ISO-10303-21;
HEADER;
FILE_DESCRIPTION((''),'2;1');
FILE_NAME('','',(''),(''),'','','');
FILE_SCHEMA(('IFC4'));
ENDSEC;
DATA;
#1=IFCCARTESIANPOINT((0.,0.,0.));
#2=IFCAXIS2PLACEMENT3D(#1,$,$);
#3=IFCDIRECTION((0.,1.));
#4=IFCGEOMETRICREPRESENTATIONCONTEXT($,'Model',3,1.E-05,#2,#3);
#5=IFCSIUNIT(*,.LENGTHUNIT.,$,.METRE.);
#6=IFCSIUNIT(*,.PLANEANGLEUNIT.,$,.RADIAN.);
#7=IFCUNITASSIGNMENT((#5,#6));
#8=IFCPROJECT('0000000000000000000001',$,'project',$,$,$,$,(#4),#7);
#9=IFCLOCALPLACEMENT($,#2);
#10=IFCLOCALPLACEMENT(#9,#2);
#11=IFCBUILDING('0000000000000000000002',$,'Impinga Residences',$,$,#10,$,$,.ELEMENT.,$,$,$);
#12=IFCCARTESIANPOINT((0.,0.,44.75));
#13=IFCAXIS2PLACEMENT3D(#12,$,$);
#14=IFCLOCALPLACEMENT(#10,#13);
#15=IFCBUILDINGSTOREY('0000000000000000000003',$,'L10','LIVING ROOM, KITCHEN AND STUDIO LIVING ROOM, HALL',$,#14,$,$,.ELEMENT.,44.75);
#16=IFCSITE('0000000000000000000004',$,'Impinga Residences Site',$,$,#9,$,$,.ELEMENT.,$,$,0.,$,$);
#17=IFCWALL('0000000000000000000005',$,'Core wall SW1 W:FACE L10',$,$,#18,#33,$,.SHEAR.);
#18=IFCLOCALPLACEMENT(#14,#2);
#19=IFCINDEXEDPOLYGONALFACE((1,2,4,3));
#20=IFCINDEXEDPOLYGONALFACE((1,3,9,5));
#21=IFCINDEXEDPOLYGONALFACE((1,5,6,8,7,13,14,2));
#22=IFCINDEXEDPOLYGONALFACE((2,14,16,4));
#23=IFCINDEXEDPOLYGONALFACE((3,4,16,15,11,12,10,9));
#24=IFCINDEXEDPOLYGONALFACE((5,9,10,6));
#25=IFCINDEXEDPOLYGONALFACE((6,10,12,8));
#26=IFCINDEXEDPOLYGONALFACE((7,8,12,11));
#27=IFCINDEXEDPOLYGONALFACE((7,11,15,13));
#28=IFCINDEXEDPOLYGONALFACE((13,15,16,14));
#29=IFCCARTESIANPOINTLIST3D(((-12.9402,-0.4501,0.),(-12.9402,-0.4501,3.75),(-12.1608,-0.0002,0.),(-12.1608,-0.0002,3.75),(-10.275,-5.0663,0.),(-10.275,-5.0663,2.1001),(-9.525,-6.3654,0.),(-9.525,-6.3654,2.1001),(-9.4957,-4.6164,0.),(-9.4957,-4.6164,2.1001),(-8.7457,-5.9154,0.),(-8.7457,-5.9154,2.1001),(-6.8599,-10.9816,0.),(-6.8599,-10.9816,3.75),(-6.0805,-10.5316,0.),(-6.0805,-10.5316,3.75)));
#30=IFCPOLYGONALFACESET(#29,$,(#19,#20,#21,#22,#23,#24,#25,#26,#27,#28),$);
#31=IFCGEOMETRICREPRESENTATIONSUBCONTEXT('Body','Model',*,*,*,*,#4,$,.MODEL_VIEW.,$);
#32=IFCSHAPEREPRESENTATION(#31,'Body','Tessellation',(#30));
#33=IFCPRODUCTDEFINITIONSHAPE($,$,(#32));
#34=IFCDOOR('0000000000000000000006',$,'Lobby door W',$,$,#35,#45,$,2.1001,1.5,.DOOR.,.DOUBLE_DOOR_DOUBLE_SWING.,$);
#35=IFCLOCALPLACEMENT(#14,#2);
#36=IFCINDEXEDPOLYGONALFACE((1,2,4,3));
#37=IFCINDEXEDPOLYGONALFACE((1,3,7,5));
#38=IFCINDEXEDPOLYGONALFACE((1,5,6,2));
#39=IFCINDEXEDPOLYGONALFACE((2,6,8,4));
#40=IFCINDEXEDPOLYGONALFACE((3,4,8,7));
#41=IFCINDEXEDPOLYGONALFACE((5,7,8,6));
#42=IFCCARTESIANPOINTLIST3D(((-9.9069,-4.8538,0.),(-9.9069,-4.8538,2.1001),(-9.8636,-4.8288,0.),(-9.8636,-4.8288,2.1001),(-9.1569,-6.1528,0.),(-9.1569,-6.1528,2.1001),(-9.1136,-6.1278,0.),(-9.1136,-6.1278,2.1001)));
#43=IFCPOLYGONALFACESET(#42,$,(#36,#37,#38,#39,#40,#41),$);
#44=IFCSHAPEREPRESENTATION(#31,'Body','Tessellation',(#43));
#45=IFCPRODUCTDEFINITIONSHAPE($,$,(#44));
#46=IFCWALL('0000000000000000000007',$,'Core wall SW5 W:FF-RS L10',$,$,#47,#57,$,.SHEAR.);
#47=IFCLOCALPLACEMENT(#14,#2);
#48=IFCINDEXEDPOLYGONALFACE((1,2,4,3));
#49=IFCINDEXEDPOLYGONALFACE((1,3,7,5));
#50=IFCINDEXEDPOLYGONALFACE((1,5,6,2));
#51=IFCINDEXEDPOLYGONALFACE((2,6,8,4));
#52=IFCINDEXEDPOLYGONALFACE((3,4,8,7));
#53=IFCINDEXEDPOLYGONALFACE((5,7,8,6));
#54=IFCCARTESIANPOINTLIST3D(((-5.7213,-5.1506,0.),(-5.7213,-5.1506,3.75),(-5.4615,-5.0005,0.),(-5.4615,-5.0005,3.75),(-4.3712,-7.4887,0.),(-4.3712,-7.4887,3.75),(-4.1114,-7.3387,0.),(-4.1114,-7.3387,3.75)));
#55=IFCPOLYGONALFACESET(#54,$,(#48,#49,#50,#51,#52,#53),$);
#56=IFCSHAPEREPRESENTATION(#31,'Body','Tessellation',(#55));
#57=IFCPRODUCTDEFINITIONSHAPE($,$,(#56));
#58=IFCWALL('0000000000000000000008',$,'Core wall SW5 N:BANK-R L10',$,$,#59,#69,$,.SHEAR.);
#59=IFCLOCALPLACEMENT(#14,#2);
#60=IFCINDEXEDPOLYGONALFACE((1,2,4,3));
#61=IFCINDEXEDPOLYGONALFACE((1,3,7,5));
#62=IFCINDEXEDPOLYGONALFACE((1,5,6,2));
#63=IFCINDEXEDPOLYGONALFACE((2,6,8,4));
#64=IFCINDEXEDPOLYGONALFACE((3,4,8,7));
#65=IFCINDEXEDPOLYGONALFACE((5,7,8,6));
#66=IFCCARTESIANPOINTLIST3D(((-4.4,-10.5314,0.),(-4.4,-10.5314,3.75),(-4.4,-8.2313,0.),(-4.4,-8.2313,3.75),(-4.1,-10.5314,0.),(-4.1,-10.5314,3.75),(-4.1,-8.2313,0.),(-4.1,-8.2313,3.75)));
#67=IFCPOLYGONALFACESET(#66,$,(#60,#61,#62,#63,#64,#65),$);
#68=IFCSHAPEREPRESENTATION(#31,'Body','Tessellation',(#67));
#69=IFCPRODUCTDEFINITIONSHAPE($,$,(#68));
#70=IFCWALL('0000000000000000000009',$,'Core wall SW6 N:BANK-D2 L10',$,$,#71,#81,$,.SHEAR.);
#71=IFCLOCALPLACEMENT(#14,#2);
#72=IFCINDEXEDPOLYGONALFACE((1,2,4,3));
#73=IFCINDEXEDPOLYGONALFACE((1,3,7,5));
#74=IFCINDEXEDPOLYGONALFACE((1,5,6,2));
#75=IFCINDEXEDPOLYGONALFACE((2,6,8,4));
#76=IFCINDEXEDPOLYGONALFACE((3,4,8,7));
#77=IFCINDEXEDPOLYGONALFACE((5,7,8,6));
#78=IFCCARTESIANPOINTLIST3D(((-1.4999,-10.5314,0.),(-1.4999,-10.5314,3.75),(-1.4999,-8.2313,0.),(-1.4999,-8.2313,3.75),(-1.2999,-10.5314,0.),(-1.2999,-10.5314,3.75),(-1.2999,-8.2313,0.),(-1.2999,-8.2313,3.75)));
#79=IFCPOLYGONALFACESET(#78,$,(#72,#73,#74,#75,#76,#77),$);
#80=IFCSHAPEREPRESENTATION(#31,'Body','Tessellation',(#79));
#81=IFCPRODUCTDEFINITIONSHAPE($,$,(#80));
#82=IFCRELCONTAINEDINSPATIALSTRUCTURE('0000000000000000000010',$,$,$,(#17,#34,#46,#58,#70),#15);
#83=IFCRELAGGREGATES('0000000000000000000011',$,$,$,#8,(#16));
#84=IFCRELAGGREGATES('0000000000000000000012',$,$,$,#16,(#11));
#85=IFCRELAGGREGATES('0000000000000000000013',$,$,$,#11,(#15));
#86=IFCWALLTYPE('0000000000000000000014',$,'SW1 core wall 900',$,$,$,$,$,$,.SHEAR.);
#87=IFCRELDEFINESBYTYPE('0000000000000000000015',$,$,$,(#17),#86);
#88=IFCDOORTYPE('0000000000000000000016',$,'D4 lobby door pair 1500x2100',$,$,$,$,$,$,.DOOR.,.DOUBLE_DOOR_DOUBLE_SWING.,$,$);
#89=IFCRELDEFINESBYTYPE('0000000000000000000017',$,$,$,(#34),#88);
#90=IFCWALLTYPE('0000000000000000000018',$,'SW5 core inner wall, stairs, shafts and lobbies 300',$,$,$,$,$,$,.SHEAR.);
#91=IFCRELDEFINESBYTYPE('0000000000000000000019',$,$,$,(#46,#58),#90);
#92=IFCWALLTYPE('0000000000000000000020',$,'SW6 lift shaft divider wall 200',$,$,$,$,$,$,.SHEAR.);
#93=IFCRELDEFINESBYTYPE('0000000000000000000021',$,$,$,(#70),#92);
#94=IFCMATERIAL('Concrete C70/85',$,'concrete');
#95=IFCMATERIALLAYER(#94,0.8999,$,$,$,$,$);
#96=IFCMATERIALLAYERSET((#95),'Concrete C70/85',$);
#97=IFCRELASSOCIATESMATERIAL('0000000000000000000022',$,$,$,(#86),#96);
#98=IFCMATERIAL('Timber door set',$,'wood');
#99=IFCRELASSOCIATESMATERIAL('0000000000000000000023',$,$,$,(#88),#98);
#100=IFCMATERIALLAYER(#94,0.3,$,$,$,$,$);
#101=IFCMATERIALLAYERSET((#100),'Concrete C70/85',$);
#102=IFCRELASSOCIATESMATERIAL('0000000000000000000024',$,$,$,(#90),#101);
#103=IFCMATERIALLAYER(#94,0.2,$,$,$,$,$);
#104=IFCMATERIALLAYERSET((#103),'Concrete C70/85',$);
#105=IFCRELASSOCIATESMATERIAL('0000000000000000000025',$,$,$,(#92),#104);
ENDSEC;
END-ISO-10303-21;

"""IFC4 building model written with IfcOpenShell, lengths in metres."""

from ifc_helpers import new_model, si_unit, direction, frame, frame_2d, origin, place, context, subcontext, project, spatial, rectangle, extrude, material, layer, layer_set, type_object, element, fill, save


model = new_model("IFC4")

# Units and contexts
model_context = context("Model", 3, precision=1e-05, world=origin(), true_north=direction((0.0, 1.0)))
body_context = subcontext(model_context, "Body", "Model", "MODEL_VIEW")
ifc_project = project(units=[si_unit("LENGTHUNIT", "METRE"), si_unit("PLANEANGLEUNIT", "RADIAN")], contexts=[model_context])

# Site, building, storey
site_placement = place(None, origin())
site = spatial("IfcSite", under=ifc_project, at=site_placement, Name="Impinga Residences Site", CompositionType="ELEMENT", RefElevation=0.0)
building_placement = place(site_placement, origin())
building = spatial("IfcBuilding", under=site, at=building_placement, Name="Impinga Residences", CompositionType="ELEMENT")
storey_placement = place(building_placement, frame((0.0, 0.0, 44.75)))
storey = spatial("IfcBuildingStorey", under=building, at=storey_placement, Name="L10", Description="LIVING ROOM, KITCHEN AND STUDIO LIVING ROOM, HALL", CompositionType="ELEMENT", Elevation=44.75)

# Shared definitions
ifc_material_1 = material(Name="Concrete C70/85", Category="concrete")

# Wall, opening, door
ifc_layer_1 = layer(ifc_material_1, 0.8999)
ifc_layer_set_1 = layer_set([ifc_layer_1], Name="Concrete C70/85")
wall_type_1 = type_object("IfcWallType", Name="SW1 core wall 900", PredefinedType="SHEAR", material=ifc_layer_set_1)
wall_1_placement = place(storey_placement, frame((-6.4702, -10.7566, 0.0), z_axis=(0.0, 0.0, 1.0), x_axis=(-0.499998, 0.866027, 0.0)))
wall_1 = element("IfcWall", 1, at=wall_1_placement, inside=storey, type_object=wall_type_1, Name="Core wall SW1 W:FACE L10", PredefinedType="SHEAR", context=body_context, shape_type="SweptSolid", body=[
    extrude(rectangle(XDim=12.1606, YDim=0.8999, at=frame_2d((6.0803, 0.0))), origin(), (0.0, 0.0, 1.0), 3.75),
])
opening_1_placement = place(wall_1_placement, frame((5.3303, 0.0, 0.0)))
opening_1 = element("IfcOpeningElement", 2, at=opening_1_placement, cuts=wall_1, PredefinedType="OPENING", context=body_context, shape_type="SweptSolid", body=[
    extrude(rectangle(XDim=1.5, YDim=2.1001, at=frame_2d((0.75, 1.05))), frame((0.0, 0.46, 0.0), z_axis=(0.0, -1.0, 0.0), x_axis=(1.0, 0.0, 0.0)), (0.0, 0.0, 1.0), 0.9199),
])
ifc_material_2 = material(Name="Timber door set", Category="wood")
door_type = type_object("IfcDoorType", Name="D4 lobby door pair 1500x2100", OperationType="DOUBLE_DOOR_DOUBLE_SWING", PredefinedType="DOOR", material=ifc_material_2)
door_placement = place(opening_1_placement, origin())
door = element("IfcDoor", 3, at=door_placement, inside=storey, type_object=door_type, Name="Lobby door W", OperationType="DOUBLE_DOOR_DOUBLE_SWING", OverallHeight=2.1001, OverallWidth=1.5, PredefinedType="DOOR", context=body_context, shape_type="SweptSolid", body=[
    extrude(rectangle(XDim=1.5, YDim=2.1001, at=frame_2d((0.75, 1.05))), frame((0.0, 0.0249, 0.0), z_axis=(0.0, -1.0, 0.0), x_axis=(1.0, 0.0, 0.0)), (0.0, 0.0, 1.0), 0.05),
])
fill(opening_1, door)

# Walls
ifc_layer_2 = layer(ifc_material_1, 0.3)
ifc_layer_set_2 = layer_set([ifc_layer_2], Name="Concrete C70/85")
wall_type_2 = type_object("IfcWallType", Name="SW5 core inner wall, stairs, shafts and lobbies 300", PredefinedType="SHEAR", material=ifc_layer_set_2)
wall_2_placement = place(storey_placement, frame((-4.2412, -7.4138, 0.0), z_axis=(0.0, 0.0, 1.0), x_axis=(-0.500049, 0.865997, 0.0)))
element("IfcWall", 4, at=wall_2_placement, inside=storey, type_object=wall_type_2, Name="Core wall SW5 W:FF-RS L10", PredefinedType="SHEAR", context=body_context, shape_type="SweptSolid", body=[
    extrude(rectangle(XDim=2.7, YDim=0.3, at=frame_2d((1.3501, 0.0))), origin(), (0.0, 0.0, 1.0), 3.75),
])
wall_3_placement = place(storey_placement, frame((-4.25, -8.2314, 0.0), z_axis=(0.0, 0.0, 1.0), x_axis=(0.0, -1.0, 0.0)))
element("IfcWall", 5, at=wall_3_placement, inside=storey, type_object=wall_type_2, Name="Core wall SW5 N:BANK-R L10", PredefinedType="SHEAR", context=body_context, shape_type="SweptSolid", body=[
    extrude(rectangle(XDim=2.3, YDim=0.3, at=frame_2d((1.1499, 0.0))), origin(), (0.0, 0.0, 1.0), 3.75),
])
ifc_layer_3 = layer(ifc_material_1, 0.2)
ifc_layer_set_3 = layer_set([ifc_layer_3], Name="Concrete C70/85")
wall_type_3 = type_object("IfcWallType", Name="SW6 lift shaft divider wall 200", PredefinedType="SHEAR", material=ifc_layer_set_3)
wall_4_placement = place(storey_placement, frame((-1.3999, -8.2314, 0.0), z_axis=(0.0, 0.0, 1.0), x_axis=(0.0, -1.0, 0.0)))
element("IfcWall", 6, at=wall_4_placement, inside=storey, type_object=wall_type_3, Name="Core wall SW6 N:BANK-D2 L10", PredefinedType="SHEAR", context=body_context, shape_type="SweptSolid", body=[
    extrude(rectangle(XDim=2.3, YDim=0.2, at=frame_2d((1.1499, 0.0))), origin(), (0.0, 0.0, 1.0), 3.75),
])

save(model, "model.ifc")
